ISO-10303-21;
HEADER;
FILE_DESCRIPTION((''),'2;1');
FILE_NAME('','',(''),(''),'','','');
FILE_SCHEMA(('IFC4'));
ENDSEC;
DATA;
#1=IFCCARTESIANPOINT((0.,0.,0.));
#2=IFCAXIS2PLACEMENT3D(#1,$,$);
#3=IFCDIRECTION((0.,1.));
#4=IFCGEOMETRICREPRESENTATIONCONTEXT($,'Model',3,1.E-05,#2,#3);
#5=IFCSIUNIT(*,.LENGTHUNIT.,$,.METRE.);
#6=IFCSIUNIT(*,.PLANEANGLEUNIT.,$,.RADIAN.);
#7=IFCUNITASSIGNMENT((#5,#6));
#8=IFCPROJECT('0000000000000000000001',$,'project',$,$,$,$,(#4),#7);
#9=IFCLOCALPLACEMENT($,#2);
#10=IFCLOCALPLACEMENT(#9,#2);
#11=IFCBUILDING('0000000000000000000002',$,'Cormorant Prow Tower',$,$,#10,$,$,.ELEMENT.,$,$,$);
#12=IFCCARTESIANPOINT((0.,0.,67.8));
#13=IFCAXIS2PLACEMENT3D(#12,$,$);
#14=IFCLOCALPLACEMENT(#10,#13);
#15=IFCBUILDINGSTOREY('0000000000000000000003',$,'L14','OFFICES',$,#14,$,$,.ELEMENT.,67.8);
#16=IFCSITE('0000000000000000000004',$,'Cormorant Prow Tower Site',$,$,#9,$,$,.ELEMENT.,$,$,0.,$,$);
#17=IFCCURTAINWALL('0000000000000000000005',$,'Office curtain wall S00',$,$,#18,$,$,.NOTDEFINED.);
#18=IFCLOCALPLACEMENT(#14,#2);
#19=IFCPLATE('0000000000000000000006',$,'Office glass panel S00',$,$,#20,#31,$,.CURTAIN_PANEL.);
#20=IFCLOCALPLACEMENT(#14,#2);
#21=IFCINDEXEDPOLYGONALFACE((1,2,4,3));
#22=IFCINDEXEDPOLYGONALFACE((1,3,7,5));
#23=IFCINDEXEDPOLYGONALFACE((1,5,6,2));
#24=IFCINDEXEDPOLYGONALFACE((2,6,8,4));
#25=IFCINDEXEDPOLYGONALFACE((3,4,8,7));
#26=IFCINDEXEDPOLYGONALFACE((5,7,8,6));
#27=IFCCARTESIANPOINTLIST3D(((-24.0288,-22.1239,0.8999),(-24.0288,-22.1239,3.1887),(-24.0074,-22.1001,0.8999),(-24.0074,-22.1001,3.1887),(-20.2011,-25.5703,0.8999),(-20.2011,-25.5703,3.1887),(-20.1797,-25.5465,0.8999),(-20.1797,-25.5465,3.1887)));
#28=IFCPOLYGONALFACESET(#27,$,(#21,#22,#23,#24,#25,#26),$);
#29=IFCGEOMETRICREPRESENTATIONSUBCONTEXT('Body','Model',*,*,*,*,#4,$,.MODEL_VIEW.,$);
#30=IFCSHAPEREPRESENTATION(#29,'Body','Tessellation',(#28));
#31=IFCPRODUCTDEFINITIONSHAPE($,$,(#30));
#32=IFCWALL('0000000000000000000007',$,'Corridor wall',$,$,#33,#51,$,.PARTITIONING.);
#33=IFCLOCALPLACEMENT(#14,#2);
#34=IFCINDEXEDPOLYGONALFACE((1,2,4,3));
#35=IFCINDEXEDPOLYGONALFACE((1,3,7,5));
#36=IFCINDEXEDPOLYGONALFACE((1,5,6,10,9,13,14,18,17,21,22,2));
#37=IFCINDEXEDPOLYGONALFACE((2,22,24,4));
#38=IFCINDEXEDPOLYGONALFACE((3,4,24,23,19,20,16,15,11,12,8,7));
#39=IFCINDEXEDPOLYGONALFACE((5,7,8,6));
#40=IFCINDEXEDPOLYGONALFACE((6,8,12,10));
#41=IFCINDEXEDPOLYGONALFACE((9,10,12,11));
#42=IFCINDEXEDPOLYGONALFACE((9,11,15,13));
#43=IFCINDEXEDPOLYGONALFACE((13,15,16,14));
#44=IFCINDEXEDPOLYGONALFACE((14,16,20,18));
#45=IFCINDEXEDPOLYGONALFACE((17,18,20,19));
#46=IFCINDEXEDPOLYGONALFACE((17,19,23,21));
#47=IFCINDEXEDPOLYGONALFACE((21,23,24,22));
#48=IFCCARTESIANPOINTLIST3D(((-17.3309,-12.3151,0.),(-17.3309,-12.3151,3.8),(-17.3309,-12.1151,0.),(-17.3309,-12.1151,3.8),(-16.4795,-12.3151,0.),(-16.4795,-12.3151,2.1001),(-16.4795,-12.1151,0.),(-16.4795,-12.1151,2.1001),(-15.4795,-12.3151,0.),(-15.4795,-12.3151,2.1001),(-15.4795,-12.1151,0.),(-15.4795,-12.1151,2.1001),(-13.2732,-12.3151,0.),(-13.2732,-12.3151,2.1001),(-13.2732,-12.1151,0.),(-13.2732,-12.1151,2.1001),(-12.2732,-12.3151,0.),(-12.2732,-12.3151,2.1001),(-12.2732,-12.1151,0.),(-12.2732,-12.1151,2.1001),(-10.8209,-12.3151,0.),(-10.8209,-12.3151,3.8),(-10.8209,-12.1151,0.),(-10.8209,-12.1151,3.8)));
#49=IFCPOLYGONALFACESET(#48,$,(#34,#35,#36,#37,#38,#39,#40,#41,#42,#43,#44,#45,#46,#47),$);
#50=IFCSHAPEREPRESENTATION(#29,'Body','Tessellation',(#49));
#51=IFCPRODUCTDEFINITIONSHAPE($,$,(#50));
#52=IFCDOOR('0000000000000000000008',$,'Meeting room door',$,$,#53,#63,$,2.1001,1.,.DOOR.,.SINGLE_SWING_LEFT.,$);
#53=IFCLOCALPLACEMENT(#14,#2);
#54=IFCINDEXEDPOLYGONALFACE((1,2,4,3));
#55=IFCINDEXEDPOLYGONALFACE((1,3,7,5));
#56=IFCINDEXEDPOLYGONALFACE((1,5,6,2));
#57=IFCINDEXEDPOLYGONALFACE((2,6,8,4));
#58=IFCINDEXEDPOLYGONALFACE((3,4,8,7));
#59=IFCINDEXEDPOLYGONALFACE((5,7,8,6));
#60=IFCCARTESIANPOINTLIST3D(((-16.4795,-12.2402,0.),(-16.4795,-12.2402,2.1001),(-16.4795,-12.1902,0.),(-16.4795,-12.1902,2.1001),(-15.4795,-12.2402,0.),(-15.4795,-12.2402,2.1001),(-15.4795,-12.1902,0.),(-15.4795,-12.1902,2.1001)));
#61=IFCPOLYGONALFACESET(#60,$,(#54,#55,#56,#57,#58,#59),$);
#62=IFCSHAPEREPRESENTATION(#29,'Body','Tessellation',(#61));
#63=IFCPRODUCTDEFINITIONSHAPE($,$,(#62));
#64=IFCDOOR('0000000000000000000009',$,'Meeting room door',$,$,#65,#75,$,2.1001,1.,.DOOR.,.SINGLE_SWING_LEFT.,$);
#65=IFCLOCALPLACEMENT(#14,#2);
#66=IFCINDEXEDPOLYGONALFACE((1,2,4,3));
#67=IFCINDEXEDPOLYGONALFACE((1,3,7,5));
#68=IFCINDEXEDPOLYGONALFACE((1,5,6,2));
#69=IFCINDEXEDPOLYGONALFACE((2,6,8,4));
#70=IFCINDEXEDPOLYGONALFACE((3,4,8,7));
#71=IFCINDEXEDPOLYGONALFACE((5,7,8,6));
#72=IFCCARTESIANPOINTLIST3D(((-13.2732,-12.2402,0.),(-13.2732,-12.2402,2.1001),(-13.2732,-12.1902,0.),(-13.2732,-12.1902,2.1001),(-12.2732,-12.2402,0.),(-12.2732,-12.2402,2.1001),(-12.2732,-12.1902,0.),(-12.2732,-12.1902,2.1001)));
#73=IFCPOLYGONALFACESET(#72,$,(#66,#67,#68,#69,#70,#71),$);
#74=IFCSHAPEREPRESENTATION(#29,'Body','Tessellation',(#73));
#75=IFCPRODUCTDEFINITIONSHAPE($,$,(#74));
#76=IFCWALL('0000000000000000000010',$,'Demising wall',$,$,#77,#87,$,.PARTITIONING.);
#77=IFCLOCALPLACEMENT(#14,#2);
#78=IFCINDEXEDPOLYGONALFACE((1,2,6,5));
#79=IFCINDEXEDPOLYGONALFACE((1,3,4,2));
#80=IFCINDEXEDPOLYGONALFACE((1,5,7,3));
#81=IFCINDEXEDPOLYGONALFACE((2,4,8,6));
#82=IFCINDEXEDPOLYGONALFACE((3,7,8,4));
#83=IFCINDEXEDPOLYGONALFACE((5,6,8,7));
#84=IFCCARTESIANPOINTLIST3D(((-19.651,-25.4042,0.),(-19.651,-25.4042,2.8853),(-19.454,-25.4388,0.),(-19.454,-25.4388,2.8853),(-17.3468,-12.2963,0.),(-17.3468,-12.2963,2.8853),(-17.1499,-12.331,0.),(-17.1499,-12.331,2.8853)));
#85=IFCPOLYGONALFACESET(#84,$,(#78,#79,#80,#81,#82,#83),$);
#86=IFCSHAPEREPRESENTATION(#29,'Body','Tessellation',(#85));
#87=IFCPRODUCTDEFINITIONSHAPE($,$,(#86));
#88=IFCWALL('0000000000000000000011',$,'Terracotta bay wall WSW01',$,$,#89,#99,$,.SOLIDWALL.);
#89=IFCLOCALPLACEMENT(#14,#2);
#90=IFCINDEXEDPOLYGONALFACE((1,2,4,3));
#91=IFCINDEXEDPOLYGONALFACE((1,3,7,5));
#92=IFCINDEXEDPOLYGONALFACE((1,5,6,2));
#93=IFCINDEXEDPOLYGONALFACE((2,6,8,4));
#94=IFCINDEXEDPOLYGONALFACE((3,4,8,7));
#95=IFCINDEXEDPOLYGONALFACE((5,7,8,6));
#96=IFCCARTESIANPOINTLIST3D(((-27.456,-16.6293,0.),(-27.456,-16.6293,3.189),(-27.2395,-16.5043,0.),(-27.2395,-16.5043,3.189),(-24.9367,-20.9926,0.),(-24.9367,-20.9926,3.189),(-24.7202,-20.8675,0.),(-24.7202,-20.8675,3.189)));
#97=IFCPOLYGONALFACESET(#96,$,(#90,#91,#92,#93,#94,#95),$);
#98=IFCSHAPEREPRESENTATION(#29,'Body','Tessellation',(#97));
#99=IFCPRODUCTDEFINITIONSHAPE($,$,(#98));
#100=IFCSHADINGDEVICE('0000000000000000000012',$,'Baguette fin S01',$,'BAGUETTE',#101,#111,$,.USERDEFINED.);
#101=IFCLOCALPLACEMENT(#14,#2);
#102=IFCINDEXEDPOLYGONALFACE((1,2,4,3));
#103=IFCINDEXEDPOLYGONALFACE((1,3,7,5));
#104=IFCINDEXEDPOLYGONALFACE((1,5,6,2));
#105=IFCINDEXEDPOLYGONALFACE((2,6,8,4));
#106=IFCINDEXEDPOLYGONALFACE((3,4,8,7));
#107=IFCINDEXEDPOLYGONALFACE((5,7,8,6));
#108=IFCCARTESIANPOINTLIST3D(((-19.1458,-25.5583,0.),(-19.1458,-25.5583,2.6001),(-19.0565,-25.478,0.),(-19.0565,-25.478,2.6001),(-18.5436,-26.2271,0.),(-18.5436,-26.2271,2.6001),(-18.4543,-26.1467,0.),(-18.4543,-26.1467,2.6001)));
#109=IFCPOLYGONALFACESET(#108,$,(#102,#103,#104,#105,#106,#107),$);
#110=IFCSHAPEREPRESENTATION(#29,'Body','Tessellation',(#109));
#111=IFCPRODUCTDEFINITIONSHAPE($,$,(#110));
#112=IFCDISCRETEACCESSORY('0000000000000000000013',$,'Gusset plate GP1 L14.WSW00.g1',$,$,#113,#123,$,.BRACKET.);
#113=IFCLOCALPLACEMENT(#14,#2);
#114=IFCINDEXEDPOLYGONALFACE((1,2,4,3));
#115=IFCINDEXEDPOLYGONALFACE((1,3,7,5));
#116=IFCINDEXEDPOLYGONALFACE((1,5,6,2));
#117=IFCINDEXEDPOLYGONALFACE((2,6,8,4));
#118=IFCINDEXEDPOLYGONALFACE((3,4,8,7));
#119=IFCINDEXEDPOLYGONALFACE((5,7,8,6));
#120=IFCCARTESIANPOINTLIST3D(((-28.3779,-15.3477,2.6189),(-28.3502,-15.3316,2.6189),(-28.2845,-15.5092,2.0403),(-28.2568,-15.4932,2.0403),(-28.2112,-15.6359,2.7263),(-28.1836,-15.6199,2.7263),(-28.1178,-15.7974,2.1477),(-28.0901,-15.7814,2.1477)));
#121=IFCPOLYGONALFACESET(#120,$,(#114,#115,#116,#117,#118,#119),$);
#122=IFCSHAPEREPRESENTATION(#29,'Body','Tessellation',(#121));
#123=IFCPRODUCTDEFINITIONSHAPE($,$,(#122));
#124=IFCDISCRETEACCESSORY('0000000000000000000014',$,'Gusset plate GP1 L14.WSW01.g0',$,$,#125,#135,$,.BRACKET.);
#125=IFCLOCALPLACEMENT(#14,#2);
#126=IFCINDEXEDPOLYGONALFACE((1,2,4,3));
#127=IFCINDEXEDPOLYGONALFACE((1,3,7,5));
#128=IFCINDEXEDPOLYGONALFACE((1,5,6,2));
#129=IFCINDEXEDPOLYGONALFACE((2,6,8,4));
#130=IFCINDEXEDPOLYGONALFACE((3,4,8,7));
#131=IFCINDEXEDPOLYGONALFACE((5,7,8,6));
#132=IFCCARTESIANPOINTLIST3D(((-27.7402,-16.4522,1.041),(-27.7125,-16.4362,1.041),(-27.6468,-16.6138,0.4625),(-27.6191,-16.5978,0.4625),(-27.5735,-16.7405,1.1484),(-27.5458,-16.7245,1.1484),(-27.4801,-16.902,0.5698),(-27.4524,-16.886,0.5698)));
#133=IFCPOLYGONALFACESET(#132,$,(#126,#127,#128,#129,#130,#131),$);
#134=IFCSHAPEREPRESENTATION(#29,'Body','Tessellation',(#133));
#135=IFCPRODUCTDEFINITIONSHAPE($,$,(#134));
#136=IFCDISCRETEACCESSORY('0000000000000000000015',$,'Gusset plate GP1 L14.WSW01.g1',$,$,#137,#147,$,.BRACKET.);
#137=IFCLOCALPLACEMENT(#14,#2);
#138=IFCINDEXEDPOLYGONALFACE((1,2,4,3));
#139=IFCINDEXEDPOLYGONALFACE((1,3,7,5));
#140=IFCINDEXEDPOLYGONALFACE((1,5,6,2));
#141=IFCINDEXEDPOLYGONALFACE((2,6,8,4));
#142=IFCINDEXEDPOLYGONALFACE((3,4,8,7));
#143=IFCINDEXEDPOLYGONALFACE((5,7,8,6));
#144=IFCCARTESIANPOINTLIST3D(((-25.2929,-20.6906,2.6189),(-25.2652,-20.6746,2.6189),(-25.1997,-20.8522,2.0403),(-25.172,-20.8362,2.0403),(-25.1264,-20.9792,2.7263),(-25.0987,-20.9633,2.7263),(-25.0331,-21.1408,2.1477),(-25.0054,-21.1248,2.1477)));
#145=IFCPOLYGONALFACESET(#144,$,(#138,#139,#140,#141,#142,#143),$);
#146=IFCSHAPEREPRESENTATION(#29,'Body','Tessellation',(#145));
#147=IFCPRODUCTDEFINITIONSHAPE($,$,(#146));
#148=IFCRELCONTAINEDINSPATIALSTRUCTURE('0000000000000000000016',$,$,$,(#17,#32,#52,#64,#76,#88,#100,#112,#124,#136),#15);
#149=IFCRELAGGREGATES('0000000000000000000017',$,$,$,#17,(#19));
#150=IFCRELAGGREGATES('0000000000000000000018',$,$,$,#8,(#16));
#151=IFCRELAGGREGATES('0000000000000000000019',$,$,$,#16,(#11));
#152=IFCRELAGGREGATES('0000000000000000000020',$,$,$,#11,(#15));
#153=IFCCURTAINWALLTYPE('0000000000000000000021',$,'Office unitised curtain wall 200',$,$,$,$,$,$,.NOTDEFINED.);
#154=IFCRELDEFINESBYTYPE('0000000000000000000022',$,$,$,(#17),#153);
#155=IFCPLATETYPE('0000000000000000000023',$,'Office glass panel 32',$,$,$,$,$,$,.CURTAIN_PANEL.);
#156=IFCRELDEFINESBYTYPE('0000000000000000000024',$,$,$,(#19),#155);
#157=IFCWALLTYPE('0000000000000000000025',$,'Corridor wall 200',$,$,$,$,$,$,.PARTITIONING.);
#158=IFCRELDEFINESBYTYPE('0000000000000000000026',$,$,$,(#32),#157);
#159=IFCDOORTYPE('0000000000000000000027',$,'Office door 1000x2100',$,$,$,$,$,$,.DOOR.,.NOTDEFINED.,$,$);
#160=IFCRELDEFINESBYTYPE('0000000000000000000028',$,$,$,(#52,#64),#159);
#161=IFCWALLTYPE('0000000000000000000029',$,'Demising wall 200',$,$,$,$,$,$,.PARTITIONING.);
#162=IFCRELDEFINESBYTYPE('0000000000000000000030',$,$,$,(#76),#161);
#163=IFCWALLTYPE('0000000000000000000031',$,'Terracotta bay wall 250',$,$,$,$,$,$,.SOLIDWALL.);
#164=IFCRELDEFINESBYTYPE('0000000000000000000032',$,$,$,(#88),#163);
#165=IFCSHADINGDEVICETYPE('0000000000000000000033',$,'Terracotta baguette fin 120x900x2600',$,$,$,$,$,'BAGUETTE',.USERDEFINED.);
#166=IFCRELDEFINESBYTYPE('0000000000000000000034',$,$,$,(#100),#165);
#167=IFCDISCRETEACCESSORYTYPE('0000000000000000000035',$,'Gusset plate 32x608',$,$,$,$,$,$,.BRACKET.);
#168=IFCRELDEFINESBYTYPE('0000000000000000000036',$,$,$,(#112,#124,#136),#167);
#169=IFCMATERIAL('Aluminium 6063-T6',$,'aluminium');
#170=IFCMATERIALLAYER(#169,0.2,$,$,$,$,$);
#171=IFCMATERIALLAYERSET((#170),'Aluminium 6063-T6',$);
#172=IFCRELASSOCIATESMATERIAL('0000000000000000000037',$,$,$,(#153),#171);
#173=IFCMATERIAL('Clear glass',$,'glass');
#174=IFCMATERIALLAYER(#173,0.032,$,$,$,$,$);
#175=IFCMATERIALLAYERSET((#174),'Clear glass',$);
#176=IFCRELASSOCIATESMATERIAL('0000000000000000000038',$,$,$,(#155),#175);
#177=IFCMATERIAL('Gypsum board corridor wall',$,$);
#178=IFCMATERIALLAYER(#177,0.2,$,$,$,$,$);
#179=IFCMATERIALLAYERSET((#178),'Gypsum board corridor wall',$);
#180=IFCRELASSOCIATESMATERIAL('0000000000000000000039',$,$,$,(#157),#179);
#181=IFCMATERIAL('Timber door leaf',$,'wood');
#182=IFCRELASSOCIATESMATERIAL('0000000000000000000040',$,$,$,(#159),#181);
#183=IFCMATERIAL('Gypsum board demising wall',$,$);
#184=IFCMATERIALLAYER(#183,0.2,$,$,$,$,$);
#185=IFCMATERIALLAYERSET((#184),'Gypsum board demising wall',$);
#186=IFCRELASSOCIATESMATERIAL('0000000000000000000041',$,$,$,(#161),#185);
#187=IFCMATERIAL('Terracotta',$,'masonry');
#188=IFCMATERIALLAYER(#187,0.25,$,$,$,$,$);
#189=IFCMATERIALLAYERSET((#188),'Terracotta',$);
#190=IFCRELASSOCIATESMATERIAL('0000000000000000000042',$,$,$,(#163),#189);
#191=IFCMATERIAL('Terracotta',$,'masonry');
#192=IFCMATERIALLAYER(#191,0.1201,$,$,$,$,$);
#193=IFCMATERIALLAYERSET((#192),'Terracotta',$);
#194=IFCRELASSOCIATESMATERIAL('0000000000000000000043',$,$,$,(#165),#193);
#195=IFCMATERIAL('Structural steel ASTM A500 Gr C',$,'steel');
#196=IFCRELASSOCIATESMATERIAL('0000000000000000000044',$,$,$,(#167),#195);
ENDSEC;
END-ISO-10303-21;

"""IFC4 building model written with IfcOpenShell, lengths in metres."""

from ifc_helpers import new_model, si_unit, direction, frame, frame_2d, origin, origin_2d, place, context, subcontext, project, spatial, rectangle, extrude, material, layer, layer_set, material_profile, profile_set, type_object, element, fill, aggregate, save


model = new_model("IFC4")

# Units and contexts
model_context = context("Model", 3, precision=1e-05, world=origin(), true_north=direction((0.0, 1.0)))
body_context = subcontext(model_context, "Body", "Model", "MODEL_VIEW")
ifc_project = project(units=[si_unit("LENGTHUNIT", "METRE"), si_unit("PLANEANGLEUNIT", "RADIAN")], contexts=[model_context])

# Site, building, storey
site_placement = place(None, origin())
site = spatial("IfcSite", under=ifc_project, at=site_placement, Name="Cormorant Prow Tower Site", CompositionType="ELEMENT", RefElevation=0.0)
building_placement = place(site_placement, origin())
building = spatial("IfcBuilding", under=site, at=building_placement, Name="Cormorant Prow Tower", CompositionType="ELEMENT")
storey_placement = place(building_placement, frame((0.0, 0.0, 67.8)))
storey = spatial("IfcBuildingStorey", under=building, at=storey_placement, Name="L14", Description="OFFICES", CompositionType="ELEMENT", Elevation=67.8)

# Curtain wall
ifc_material_1 = material(Name="Aluminium 6063-T6", Category="aluminium")
ifc_layer_1 = layer(ifc_material_1, 0.2)
ifc_layer_set_1 = layer_set([ifc_layer_1], Name="Aluminium 6063-T6")
curtain_wall_type = type_object("IfcCurtainWallType", Name="Office unitised curtain wall 200", PredefinedType="NOTDEFINED", material=ifc_layer_set_1)
curtain_wall_placement = place(storey_placement, origin())
curtain_wall = element("IfcCurtainWall", 1, at=curtain_wall_placement, inside=storey, type_object=curtain_wall_type, Name="Office curtain wall S00", PredefinedType="NOTDEFINED")

# Plate
ifc_material_2 = material(Name="Clear glass", Category="glass")
ifc_layer_2 = layer(ifc_material_2, 0.032)
ifc_layer_set_2 = layer_set([ifc_layer_2], Name="Clear glass")
plate_type = type_object("IfcPlateType", Name="Office glass panel 32", PredefinedType="CURTAIN_PANEL", material=ifc_layer_set_2)
plate_placement = place(storey_placement, frame((-22.1042, -23.8352, 0.8999), z_axis=(0.0, 0.0, 1.0), x_axis=(0.743145, -0.669131, 0.0)))
plate = element("IfcPlate", 2, at=plate_placement, type_object=plate_type, Name="Office glass panel S00", PredefinedType="CURTAIN_PANEL", context=body_context, shape_type="SweptSolid", body=[
    extrude(rectangle(XDim=5.1506, YDim=0.032, at=origin_2d()), origin(), (0.0, 0.0, 1.0), 2.2888),
])
aggregate(curtain_wall, [plate])

# Wall, openings, doors
ifc_material_3 = material(Name="Gypsum board corridor wall")
ifc_layer_3 = layer(ifc_material_3, 0.2)
ifc_layer_set_3 = layer_set([ifc_layer_3], Name="Gypsum board corridor wall")
wall_type_1 = type_object("IfcWallType", Name="Corridor wall 200", PredefinedType="PARTITIONING", material=ifc_layer_set_3)
wall_1_placement = place(storey_placement, frame((-17.3308, -12.2151, 0.0), z_axis=(0.0, 0.0, 1.0), x_axis=(1.0, 0.0, 0.0)))
wall_1 = element("IfcWall", 3, at=wall_1_placement, inside=storey, type_object=wall_type_1, Name="Corridor wall", PredefinedType="PARTITIONING", context=body_context, shape_type="SweptSolid", body=[
    extrude(rectangle(XDim=6.51, YDim=0.2, at=frame_2d((3.2549, 0.0))), origin(), (0.0, 0.0, 1.0), 3.8),
])
opening_1_placement = place(wall_1_placement, frame((0.8513, 0.0, 0.0)))
opening_1 = element("IfcOpeningElement", 4, at=opening_1_placement, cuts=wall_1, PredefinedType="OPENING", context=body_context, shape_type="SweptSolid", body=[
    extrude(rectangle(XDim=1.0, YDim=2.1001, at=frame_2d((0.5, 1.05))), frame((0.0, 0.1099, 0.0), z_axis=(0.0, -1.0, 0.0), x_axis=(1.0, 0.0, 0.0)), (0.0, 0.0, 1.0), 0.22),
])
opening_2_placement = place(wall_1_placement, frame((4.0576, 0.0, 0.0)))
opening_2 = element("IfcOpeningElement", 5, at=opening_2_placement, cuts=wall_1, PredefinedType="OPENING", context=body_context, shape_type="SweptSolid", body=[
    extrude(rectangle(XDim=1.0, YDim=2.1001, at=frame_2d((0.5, 1.05))), frame((0.0, 0.1099, 0.0), z_axis=(0.0, -1.0, 0.0), x_axis=(1.0, 0.0, 0.0)), (0.0, 0.0, 1.0), 0.22),
])
ifc_material_4 = material(Name="Timber door leaf", Category="wood")
door_type_1 = type_object("IfcDoorType", Name="Office door 1000x2100", OperationType="NOTDEFINED", PredefinedType="DOOR", material=ifc_material_4)
door_1_placement = place(opening_1_placement, origin())
door_1 = element("IfcDoor", 6, at=door_1_placement, inside=storey, type_object=door_type_1, Name="Meeting room door", OperationType="SINGLE_SWING_LEFT", OverallHeight=2.1001, OverallWidth=1.0, PredefinedType="DOOR", context=body_context, shape_type="SweptSolid", body=[
    extrude(rectangle(XDim=1.0, YDim=2.1001, at=frame_2d((0.5, 1.05))), frame((0.0, 0.0249, 0.0), z_axis=(0.0, -1.0, 0.0), x_axis=(1.0, 0.0, 0.0)), (0.0, 0.0, 1.0), 0.05),
])
fill(opening_1, door_1)
door_2_placement = place(opening_2_placement, origin())
door_2 = element("IfcDoor", 7, at=door_2_placement, inside=storey, type_object=door_type_1, Name="Meeting room door", OperationType="SINGLE_SWING_LEFT", OverallHeight=2.1001, OverallWidth=1.0, PredefinedType="DOOR", context=body_context, shape_type="SweptSolid", body=[
    extrude(rectangle(XDim=1.0, YDim=2.1001, at=frame_2d((0.5, 1.05))), frame((0.0, 0.0249, 0.0), z_axis=(0.0, -1.0, 0.0), x_axis=(1.0, 0.0, 0.0)), (0.0, 0.0, 1.0), 0.05),
])
fill(opening_2, door_2)

# Walls
ifc_material_5 = material(Name="Gypsum board demising wall")
ifc_layer_4 = layer(ifc_material_5, 0.2)
ifc_layer_set_4 = layer_set([ifc_layer_4], Name="Gypsum board demising wall")
wall_type_2 = type_object("IfcWallType", Name="Demising wall 200", PredefinedType="PARTITIONING", material=ifc_layer_set_4)
wall_2_placement = place(storey_placement, frame((-19.5525, -25.4214, 0.0), z_axis=(0.0, 0.0, 1.0), x_axis=(0.173132, 0.984899, 0.0)))
element("IfcWall", 8, at=wall_2_placement, inside=storey, type_object=wall_type_2, Name="Demising wall", PredefinedType="PARTITIONING", context=body_context, shape_type="SweptSolid", body=[
    extrude(rectangle(XDim=13.3088, YDim=0.2, at=frame_2d((6.6543, 0.0))), origin(), (0.0, 0.0, 1.0), 2.8853),
])
ifc_material_6 = material(Name="Terracotta", Category="masonry")
ifc_layer_5 = layer(ifc_material_6, 0.25)
ifc_layer_set_5 = layer_set([ifc_layer_5], Name="Terracotta")
wall_type_3 = type_object("IfcWallType", Name="Terracotta bay wall 250", PredefinedType="SOLIDWALL", material=ifc_layer_set_5)
wall_3_placement = place(storey_placement, frame((-27.3477, -16.5669, 0.0), z_axis=(0.0, 0.0, 1.0), x_axis=(0.500022, -0.866013, 0.0)))
element("IfcWall", 9, at=wall_3_placement, inside=storey, type_object=wall_type_3, Name="Terracotta bay wall WSW01", PredefinedType="SOLIDWALL", context=body_context, shape_type="SweptSolid", body=[
    extrude(rectangle(XDim=5.0383, YDim=0.25, at=frame_2d((2.519, 0.0))), origin(), (0.0, 0.0, 1.0), 3.189),
])

# Shading device
ifc_material_7 = material(Name="Terracotta", Category="masonry")
ifc_layer_6 = layer(ifc_material_7, 0.1201)
ifc_layer_set_6 = layer_set([ifc_layer_6], Name="Terracotta")
shading_device_type = type_object("IfcShadingDeviceType", Name="Terracotta baguette fin 120x900x2600", ElementType="BAGUETTE", PredefinedType="USERDEFINED", material=ifc_layer_set_6)
shading_device_placement = place(storey_placement, frame((-18.8, -25.8525, 0.0), z_axis=(0.0, 0.0, 1.0), x_axis=(0.743145, 0.669131, 0.0)))
element("IfcShadingDevice", 10, at=shading_device_placement, inside=storey, type_object=shading_device_type, Name="Baguette fin S01", ObjectType="BAGUETTE", PredefinedType="USERDEFINED", context=body_context, shape_type="SweptSolid", body=[
    extrude(rectangle(XDim=0.1201, YDim=0.8999, at=origin_2d()), origin(), (0.0, 0.0, 1.0), 2.6001),
])

# Discrete accessories
ifc_material_8 = material(Name="Structural steel ASTM A500 Gr C", Category="steel")
ifc_material_profile_1 = material_profile(ifc_material_8, rectangle(XDim=0.032, YDim=0.6079, at=origin_2d()), Name="Gusset plate 32x608")
ifc_profile_set_1 = profile_set([ifc_material_profile_1], Name="Structural steel ASTM A500 Gr C")
discrete_accessory_type = type_object("IfcDiscreteAccessoryType", Name="Gusset plate 32x608", PredefinedType="BRACKET", material=ifc_profile_set_1)
for number, where, z_axis, x_axis, name in (
    (11, (-28.3174, -15.4204, 2.3296), (0.476465, -0.823872, 0.306946), (0.86566, 0.500632, 0.0), "Gusset plate GP1 L14.WSW00.g1"),
    (12, (-27.5129, -16.8132, 0.8591), (-0.476465, 0.823872, -0.306946), (-0.86566, -0.500632, 0.0), "Gusset plate GP1 L14.WSW01.g0"),
):
    element("IfcDiscreteAccessory", number, at=place(storey_placement, frame(where, z_axis=z_axis, x_axis=x_axis)), inside=storey, type_object=discrete_accessory_type, Name=name, PredefinedType="BRACKET", context=body_context, shape_type="SweptSolid", body=[
        extrude(rectangle(XDim=0.032, YDim=0.6079, at=origin_2d()), origin(), (0.0, 0.0, 1.0), 0.3499),
    ])
discrete_accessory_placement = place(storey_placement, frame((-25.2324, -20.7634, 2.3296), z_axis=(0.475652, -0.82437, 0.306872), x_axis=(0.866161, 0.499765, 0.0)))
element("IfcDiscreteAccessory", 13, at=discrete_accessory_placement, inside=storey, type_object=discrete_accessory_type, Name="Gusset plate GP1 L14.WSW01.g1", PredefinedType="BRACKET", context=body_context, shape_type="SweptSolid", body=[
    extrude(rectangle(XDim=0.032, YDim=0.6079, at=origin_2d()), origin(), (0.0, 0.0, 1.0), 0.3501),
])

save(model, "model.ifc")
